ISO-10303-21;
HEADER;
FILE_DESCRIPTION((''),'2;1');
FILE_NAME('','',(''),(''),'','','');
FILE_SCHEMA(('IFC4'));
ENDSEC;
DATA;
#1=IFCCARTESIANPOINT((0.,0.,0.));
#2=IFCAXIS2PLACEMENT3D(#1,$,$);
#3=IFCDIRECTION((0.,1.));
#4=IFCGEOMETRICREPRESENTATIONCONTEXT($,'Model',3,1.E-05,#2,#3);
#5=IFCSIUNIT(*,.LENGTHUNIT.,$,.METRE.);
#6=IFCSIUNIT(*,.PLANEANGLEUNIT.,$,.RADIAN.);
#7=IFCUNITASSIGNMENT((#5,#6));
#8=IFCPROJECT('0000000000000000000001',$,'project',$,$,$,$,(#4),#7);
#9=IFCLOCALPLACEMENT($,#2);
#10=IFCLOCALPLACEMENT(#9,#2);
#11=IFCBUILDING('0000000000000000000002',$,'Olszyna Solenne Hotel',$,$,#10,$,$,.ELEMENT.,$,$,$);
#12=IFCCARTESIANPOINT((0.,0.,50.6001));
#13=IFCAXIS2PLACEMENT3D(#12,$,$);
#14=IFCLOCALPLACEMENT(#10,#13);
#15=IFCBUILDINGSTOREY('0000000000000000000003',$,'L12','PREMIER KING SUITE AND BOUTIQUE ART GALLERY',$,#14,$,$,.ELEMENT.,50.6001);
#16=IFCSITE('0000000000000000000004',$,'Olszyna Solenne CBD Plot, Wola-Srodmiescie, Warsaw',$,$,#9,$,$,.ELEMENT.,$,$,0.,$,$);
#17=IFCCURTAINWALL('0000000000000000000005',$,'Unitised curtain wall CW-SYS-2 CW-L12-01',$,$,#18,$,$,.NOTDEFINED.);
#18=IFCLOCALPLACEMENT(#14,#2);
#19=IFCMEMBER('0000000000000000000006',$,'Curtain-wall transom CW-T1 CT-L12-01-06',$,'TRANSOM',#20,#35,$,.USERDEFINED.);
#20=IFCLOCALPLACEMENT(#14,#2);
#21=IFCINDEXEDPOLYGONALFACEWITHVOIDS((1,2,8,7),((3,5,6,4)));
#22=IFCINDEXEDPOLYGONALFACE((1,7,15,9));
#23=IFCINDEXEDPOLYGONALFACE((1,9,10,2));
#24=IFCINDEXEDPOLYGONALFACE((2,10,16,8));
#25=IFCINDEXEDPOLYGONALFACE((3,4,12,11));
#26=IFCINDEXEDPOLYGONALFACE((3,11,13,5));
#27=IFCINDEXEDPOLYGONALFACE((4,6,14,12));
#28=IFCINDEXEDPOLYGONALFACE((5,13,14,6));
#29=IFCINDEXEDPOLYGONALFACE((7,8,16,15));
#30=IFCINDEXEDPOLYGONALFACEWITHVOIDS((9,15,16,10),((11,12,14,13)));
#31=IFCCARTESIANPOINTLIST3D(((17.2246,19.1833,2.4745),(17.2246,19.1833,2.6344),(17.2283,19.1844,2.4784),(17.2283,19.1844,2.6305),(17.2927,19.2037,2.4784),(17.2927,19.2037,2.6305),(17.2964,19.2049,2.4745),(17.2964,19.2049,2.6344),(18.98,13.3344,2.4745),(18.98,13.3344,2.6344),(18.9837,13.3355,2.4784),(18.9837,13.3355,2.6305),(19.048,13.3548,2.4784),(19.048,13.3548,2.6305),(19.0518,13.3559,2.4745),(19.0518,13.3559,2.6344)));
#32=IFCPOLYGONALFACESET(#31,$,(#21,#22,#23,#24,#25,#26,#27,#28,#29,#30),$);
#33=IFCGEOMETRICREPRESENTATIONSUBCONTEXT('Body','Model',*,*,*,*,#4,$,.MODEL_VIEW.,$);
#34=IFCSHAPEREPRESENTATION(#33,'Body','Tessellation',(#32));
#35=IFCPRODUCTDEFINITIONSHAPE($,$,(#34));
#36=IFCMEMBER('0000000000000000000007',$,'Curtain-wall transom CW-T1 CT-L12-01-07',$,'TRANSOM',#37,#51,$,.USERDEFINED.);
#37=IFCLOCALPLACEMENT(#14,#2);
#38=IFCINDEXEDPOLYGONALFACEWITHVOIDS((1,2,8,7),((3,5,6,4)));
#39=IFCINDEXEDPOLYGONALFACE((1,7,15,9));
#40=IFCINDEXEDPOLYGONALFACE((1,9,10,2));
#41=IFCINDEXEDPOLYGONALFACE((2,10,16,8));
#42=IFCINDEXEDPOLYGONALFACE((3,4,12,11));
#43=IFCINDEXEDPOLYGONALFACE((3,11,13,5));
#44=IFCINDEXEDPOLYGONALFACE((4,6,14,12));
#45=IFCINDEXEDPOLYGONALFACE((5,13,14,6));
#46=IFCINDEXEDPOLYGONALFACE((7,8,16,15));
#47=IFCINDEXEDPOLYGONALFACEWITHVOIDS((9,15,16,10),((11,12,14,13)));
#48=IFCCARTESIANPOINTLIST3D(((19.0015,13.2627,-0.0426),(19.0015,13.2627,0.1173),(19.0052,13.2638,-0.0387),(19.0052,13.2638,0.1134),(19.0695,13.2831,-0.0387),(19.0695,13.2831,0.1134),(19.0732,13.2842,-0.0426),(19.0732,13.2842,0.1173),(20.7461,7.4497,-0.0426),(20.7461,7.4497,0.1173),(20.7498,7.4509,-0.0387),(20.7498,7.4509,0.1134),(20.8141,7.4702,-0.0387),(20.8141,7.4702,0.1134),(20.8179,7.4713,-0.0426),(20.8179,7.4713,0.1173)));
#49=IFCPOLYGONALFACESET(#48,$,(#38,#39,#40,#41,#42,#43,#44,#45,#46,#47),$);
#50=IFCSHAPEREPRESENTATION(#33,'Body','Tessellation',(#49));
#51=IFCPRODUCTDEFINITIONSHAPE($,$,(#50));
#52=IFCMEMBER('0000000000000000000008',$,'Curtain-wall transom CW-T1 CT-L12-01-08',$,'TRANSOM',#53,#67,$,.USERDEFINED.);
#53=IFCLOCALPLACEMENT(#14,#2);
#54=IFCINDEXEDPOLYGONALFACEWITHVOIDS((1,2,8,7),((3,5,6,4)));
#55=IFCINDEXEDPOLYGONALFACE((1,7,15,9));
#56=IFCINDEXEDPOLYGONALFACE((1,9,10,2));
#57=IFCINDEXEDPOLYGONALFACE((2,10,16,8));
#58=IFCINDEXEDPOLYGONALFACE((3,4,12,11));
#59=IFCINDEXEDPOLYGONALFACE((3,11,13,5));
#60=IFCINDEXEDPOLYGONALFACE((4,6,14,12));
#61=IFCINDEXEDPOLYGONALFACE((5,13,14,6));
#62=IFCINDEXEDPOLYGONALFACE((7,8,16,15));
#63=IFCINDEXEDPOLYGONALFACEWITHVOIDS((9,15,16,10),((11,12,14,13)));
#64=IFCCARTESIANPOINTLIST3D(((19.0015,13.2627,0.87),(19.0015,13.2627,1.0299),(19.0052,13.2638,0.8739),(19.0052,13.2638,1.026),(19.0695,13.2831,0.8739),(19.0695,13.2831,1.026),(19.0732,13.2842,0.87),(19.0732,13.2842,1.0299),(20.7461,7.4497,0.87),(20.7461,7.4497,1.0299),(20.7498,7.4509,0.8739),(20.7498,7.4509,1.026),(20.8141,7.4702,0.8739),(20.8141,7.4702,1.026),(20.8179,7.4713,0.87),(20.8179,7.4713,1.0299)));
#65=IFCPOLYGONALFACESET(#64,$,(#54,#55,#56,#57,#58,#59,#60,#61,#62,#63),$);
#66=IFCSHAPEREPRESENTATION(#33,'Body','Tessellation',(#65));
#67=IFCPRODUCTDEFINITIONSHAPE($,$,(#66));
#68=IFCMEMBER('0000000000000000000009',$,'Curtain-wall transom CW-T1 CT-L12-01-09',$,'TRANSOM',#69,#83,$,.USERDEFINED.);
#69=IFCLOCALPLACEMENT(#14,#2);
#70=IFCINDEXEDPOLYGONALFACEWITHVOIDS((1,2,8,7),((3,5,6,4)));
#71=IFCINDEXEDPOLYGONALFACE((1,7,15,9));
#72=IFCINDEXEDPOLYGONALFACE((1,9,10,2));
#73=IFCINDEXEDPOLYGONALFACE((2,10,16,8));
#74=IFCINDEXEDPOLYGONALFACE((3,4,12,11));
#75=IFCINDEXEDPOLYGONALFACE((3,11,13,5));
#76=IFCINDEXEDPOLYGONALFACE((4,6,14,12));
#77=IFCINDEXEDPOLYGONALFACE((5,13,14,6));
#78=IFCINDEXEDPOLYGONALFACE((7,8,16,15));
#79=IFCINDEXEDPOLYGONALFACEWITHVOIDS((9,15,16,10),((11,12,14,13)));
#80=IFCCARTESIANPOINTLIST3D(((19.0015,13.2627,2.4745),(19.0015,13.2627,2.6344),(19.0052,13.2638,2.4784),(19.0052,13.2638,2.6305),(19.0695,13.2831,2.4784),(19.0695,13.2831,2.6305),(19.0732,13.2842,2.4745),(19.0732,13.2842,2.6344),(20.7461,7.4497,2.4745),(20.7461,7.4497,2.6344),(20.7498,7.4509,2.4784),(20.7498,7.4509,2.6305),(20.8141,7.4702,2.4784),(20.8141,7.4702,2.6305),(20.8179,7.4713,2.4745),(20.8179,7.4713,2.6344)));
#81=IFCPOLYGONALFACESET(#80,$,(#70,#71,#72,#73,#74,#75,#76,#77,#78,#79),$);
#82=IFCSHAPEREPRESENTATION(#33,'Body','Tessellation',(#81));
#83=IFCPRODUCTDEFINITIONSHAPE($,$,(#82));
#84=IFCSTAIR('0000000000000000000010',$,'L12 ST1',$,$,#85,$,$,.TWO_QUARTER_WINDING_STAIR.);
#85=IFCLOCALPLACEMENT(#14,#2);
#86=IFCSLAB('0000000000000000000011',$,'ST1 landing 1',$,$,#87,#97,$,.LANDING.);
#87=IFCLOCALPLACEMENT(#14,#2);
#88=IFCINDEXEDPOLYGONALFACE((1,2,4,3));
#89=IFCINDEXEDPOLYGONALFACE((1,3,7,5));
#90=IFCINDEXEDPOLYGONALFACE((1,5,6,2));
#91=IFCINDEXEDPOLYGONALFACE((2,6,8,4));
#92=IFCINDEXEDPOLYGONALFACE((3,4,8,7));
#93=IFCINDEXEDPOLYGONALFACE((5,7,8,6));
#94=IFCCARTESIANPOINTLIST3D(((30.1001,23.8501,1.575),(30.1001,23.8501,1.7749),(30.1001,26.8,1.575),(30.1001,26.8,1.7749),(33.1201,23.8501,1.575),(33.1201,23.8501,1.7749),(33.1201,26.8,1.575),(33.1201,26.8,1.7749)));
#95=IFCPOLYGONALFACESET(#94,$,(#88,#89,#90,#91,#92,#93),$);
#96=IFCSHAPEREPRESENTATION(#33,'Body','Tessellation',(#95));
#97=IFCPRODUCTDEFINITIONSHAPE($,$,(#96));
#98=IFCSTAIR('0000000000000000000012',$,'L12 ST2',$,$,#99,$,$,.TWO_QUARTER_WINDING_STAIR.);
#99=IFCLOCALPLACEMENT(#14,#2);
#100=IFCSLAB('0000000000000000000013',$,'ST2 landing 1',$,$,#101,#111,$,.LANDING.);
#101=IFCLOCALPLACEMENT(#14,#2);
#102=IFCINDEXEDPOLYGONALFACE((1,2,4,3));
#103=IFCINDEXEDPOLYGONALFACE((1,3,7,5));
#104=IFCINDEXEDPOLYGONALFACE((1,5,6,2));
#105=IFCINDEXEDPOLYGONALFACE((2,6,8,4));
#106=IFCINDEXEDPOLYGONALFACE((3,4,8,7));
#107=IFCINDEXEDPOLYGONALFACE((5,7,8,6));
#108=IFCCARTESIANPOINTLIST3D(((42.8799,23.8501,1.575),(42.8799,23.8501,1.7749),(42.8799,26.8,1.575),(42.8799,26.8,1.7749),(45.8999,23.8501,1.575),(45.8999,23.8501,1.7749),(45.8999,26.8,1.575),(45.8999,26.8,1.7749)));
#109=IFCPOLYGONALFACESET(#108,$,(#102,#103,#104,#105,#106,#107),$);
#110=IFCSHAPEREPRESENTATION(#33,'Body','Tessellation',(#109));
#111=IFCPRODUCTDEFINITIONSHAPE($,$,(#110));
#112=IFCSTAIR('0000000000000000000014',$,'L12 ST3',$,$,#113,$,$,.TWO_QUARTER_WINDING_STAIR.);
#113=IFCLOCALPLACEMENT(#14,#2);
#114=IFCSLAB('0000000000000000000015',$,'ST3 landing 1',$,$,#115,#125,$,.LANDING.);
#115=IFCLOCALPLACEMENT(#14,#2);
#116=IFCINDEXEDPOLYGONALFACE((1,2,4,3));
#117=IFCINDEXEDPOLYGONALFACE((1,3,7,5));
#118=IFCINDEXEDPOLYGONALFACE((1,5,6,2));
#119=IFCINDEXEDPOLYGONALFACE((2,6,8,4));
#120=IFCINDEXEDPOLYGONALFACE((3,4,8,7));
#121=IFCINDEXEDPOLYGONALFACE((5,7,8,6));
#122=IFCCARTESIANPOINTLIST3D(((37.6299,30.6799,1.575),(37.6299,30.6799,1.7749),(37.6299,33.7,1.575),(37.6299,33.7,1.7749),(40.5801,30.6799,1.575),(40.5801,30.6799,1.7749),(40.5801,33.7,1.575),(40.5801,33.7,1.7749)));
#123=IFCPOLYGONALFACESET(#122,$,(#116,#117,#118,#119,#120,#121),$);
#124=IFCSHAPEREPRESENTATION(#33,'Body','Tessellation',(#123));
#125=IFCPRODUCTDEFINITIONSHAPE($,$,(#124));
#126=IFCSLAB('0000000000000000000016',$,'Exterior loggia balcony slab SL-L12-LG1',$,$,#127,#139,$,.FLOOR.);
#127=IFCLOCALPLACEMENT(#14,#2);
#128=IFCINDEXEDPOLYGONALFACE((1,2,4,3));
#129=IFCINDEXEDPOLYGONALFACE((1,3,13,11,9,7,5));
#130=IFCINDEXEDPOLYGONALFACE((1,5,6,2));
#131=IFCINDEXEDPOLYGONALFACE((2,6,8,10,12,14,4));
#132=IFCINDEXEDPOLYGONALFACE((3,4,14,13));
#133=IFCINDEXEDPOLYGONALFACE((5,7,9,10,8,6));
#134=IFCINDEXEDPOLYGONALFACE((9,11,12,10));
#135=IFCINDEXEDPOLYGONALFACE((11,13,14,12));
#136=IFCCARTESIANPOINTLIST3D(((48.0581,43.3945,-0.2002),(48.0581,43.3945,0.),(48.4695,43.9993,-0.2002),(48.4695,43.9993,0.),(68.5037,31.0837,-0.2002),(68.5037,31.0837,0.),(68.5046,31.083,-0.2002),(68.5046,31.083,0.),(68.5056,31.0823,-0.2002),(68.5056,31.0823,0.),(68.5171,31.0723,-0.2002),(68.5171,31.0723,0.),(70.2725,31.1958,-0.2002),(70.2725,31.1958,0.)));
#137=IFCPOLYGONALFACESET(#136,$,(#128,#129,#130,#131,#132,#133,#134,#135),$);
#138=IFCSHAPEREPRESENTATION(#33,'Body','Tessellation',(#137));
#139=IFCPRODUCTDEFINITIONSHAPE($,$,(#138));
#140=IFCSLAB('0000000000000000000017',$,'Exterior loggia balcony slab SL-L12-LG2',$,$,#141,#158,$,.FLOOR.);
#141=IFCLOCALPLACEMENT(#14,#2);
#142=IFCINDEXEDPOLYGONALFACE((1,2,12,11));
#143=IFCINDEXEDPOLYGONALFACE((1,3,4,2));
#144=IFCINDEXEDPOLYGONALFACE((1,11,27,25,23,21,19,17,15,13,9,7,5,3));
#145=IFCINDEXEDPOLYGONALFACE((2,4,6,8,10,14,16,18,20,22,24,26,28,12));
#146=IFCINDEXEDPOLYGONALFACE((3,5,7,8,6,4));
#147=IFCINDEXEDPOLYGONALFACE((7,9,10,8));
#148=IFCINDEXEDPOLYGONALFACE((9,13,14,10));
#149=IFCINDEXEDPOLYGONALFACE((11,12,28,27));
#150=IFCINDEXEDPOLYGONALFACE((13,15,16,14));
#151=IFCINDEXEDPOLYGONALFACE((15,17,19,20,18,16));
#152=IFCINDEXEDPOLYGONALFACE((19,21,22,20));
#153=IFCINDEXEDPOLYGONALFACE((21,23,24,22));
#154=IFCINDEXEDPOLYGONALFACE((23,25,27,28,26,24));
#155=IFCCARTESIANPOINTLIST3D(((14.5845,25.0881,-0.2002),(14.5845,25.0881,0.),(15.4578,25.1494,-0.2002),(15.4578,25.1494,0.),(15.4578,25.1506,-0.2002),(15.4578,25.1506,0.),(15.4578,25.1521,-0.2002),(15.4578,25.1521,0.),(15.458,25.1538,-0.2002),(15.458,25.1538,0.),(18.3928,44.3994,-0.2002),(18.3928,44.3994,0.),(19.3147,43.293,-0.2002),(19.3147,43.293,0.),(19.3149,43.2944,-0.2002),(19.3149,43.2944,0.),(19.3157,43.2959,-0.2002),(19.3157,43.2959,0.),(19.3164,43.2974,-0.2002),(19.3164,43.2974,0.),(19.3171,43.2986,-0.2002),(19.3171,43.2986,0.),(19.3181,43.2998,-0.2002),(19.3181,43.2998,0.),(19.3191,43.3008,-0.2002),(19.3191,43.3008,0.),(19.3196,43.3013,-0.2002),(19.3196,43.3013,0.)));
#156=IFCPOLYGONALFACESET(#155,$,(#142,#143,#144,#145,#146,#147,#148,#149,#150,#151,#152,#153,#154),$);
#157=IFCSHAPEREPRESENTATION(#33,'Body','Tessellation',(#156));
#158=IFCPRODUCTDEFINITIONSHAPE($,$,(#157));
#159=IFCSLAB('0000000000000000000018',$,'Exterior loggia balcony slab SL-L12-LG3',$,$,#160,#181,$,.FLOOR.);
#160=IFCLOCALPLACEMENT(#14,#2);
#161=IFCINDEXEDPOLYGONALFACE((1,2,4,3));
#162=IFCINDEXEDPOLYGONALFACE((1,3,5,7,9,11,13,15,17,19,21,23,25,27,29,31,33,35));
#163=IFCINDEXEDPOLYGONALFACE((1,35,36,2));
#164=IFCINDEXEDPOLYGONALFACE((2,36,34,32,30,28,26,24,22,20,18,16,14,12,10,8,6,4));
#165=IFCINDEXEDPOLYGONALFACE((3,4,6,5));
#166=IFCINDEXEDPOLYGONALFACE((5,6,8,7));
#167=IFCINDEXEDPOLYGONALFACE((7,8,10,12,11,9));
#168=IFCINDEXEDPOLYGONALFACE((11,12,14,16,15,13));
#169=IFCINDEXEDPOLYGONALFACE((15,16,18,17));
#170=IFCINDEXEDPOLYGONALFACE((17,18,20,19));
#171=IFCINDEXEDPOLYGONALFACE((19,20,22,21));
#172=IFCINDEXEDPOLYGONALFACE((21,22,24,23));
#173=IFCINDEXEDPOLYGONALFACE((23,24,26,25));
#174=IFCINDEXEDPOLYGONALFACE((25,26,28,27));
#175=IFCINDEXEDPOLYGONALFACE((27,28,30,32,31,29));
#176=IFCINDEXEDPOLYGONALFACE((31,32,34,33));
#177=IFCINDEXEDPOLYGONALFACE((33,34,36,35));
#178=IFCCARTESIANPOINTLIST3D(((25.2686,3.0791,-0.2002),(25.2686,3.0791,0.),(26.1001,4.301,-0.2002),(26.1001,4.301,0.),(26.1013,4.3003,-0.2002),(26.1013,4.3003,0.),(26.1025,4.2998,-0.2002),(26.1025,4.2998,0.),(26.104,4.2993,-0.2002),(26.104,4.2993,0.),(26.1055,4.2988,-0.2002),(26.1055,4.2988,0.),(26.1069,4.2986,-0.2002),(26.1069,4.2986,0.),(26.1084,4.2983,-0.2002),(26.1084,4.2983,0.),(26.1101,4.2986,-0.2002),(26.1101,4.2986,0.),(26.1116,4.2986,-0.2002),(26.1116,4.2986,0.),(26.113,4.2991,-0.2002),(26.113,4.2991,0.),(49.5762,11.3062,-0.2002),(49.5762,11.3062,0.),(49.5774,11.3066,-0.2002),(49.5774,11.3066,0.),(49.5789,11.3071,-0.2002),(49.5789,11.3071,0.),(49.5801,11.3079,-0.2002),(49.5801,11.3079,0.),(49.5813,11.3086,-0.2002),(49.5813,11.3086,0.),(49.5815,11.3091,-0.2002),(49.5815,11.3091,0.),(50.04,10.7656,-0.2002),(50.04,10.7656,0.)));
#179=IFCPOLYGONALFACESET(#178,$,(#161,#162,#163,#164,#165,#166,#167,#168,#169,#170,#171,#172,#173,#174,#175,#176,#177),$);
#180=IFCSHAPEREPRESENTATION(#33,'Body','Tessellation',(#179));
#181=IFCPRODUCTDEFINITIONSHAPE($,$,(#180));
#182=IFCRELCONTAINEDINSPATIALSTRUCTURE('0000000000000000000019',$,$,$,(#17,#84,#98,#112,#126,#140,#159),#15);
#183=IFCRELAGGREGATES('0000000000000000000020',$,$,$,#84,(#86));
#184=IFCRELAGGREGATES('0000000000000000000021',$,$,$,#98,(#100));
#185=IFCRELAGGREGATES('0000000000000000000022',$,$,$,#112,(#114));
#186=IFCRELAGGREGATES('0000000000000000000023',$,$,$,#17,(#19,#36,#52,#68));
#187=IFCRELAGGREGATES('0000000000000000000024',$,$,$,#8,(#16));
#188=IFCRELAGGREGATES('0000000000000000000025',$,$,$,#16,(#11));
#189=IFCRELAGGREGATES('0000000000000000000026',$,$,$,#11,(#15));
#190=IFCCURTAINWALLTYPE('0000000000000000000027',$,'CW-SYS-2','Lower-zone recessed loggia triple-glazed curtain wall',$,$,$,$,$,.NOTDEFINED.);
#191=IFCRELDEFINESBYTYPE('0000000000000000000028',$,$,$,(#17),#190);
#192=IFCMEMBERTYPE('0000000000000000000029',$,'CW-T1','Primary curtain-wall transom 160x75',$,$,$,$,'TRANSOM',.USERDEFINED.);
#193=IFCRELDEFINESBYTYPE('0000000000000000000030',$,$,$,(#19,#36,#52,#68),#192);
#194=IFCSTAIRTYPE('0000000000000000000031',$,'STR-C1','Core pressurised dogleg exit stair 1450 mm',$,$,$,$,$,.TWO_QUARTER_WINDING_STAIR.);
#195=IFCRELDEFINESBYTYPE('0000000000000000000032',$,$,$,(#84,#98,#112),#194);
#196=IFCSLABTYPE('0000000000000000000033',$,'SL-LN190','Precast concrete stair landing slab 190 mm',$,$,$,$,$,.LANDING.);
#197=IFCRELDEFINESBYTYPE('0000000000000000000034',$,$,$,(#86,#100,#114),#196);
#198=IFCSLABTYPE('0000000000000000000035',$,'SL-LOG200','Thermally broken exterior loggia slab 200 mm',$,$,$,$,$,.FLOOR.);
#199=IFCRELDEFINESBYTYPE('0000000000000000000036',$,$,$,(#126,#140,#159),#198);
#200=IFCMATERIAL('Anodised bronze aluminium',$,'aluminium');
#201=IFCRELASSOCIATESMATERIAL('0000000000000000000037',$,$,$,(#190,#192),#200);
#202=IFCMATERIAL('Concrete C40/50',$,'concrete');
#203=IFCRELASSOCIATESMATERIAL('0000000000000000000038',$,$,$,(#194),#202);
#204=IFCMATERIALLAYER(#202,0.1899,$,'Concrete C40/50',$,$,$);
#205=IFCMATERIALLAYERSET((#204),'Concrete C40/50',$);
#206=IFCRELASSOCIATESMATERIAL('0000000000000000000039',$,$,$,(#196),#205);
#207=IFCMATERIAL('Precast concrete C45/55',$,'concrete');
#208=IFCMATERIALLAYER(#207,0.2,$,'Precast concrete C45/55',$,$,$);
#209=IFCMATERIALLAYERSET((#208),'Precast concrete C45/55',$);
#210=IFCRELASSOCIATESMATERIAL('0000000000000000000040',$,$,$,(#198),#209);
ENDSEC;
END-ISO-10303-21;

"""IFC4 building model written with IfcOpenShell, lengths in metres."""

from ifc_helpers import new_model, si_unit, direction, frame, origin, origin_2d, place, context, subcontext, project, spatial, polyline, hollow_rectangle, outline, extrude, source, transform, mapped, material, layer, layer_set, material_profile, profile_set, type_object, element, aggregate, save


model = new_model("IFC4")

# Units and contexts
model_context = context("Model", 3, precision=1e-05, world=origin(), true_north=direction((0.0, 1.0)))
body_context = subcontext(model_context, "Body", "Model", "MODEL_VIEW")
ifc_project = project(units=[si_unit("LENGTHUNIT", "METRE"), si_unit("PLANEANGLEUNIT", "RADIAN")], contexts=[model_context])

# Site, building, storey
site_placement = place(None, origin())
site = spatial("IfcSite", under=ifc_project, at=site_placement, Name="Olszyna Solenne CBD Plot, Wola-Srodmiescie, Warsaw", CompositionType="ELEMENT", RefElevation=0.0)
building_placement = place(site_placement, origin())
building = spatial("IfcBuilding", under=site, at=building_placement, Name="Olszyna Solenne Hotel", CompositionType="ELEMENT")
storey_placement = place(building_placement, frame((0.0, 0.0, 50.6001)))
storey = spatial("IfcBuildingStorey", under=building, at=storey_placement, Name="L12", Description="PREMIER KING SUITE AND BOUTIQUE ART GALLERY", CompositionType="ELEMENT", Elevation=50.6001)

# Curtain wall, members
ifc_material_1 = material(Name="Anodised bronze aluminium", Category="aluminium")
curtain_wall_type = type_object("IfcCurtainWallType", Name="CW-SYS-2", Description="Lower-zone recessed loggia triple-glazed curtain wall", PredefinedType="NOTDEFINED", material=ifc_material_1)
curtain_wall_placement = place(storey_placement, origin())
curtain_wall = element("IfcCurtainWall", 1, at=curtain_wall_placement, inside=storey, type_object=curtain_wall_type, Name="Unitised curtain wall CW-SYS-2 CW-L12-01", PredefinedType="NOTDEFINED")
ifc_material_profile_1 = material_profile(ifc_material_1, hollow_rectangle(XDim=0.075, YDim=0.1599, WallThickness=0.0039, at=origin_2d()), Name="TRAN 160x75x4", Category="load-bearing")
ifc_profile_set_1 = profile_set([ifc_material_profile_1], Name="Anodised bronze aluminium")
member_type_1 = type_object("IfcMemberType", Name="CW-T1", Description="Primary curtain-wall transom 160x75", ElementType="TRANSOM", PredefinedType="USERDEFINED", material=ifc_profile_set_1)
shared_shape_1 = source(origin(), body_context, "Body", "SweptSolid", [
    extrude(hollow_rectangle(XDim=0.075, YDim=0.1599, WallThickness=0.0039, at=origin_2d()), origin(), (0.0, 0.0, 1.0), 6.1067),
])
member_1_placement = place(storey_placement, frame((17.2605, 19.1941, 2.5544), z_axis=(0.287454, -0.957794, 0.0), x_axis=(0.957794, 0.287454, 0.0)))
member_1 = element("IfcMember", 2, at=member_1_placement, type_object=member_type_1, Name="Curtain-wall transom CW-T1 CT-L12-01-06", ObjectType="TRANSOM", PredefinedType="USERDEFINED", context=body_context, shape_type="MappedRepresentation", body=[
    mapped(shared_shape_1, transform((0.0, 0.0, 0.0), x_axis=(1.0, 0.0, 0.0), y_axis=(0.0, 1.0, 0.0), z_axis=(0.0, 0.0, 1.0), scale=1.0)),
])
shared_shape_2 = source(origin(), body_context, "Body", "SweptSolid", [
    extrude(hollow_rectangle(XDim=0.075, YDim=0.1599, WallThickness=0.0039, at=origin_2d()), origin(), (0.0, 0.0, 1.0), 6.0691),
])
member_2_placement = place(storey_placement, frame((19.0374, 13.2734, 0.0374), z_axis=(0.287459, -0.957793, 0.0), x_axis=(0.957793, 0.287459, 0.0)))
member_2 = element("IfcMember", 3, at=member_2_placement, type_object=member_type_1, Name="Curtain-wall transom CW-T1 CT-L12-01-07", ObjectType="TRANSOM", PredefinedType="USERDEFINED", context=body_context, shape_type="MappedRepresentation", body=[
    mapped(shared_shape_2, transform((0.0, 0.0, 0.0), x_axis=(1.0, 0.0, 0.0), y_axis=(0.0, 1.0, 0.0), z_axis=(0.0, 0.0, 1.0), scale=1.0)),
])
member_3_placement = place(storey_placement, frame((19.0374, 13.2734, 0.95), z_axis=(0.287459, -0.957793, 0.0), x_axis=(0.957793, 0.287459, 0.0)))
member_3 = element("IfcMember", 4, at=member_3_placement, type_object=member_type_1, Name="Curtain-wall transom CW-T1 CT-L12-01-08", ObjectType="TRANSOM", PredefinedType="USERDEFINED", context=body_context, shape_type="MappedRepresentation", body=[
    mapped(shared_shape_2, transform((0.0, 0.0, 0.0), x_axis=(1.0, 0.0, 0.0), y_axis=(0.0, 1.0, 0.0), z_axis=(0.0, 0.0, 1.0), scale=1.0)),
])
member_4_placement = place(storey_placement, frame((19.0374, 13.2734, 2.5544), z_axis=(0.287459, -0.957793, 0.0), x_axis=(0.957793, 0.287459, 0.0)))
member_4 = element("IfcMember", 5, at=member_4_placement, type_object=member_type_1, Name="Curtain-wall transom CW-T1 CT-L12-01-09", ObjectType="TRANSOM", PredefinedType="USERDEFINED", context=body_context, shape_type="MappedRepresentation", body=[
    mapped(shared_shape_2, transform((0.0, 0.0, 0.0), x_axis=(1.0, 0.0, 0.0), y_axis=(0.0, 1.0, 0.0), z_axis=(0.0, 0.0, 1.0), scale=1.0)),
])

# Stairs, slabs
ifc_material_2 = material(Name="Concrete C40/50", Category="concrete")
stair_type = type_object("IfcStairType", Name="STR-C1", Description="Core pressurised dogleg exit stair 1450 mm", PredefinedType="TWO_QUARTER_WINDING_STAIR", material=ifc_material_2)
stair_1_placement = place(storey_placement, origin())
stair_1 = element("IfcStair", 6, at=stair_1_placement, inside=storey, type_object=stair_type, Name="L12 ST1", PredefinedType="TWO_QUARTER_WINDING_STAIR")
ifc_layer_1 = layer(ifc_material_2, 0.1899, Name="Concrete C40/50")
ifc_layer_set_1 = layer_set([ifc_layer_1], Name="Concrete C40/50")
slab_type_1 = type_object("IfcSlabType", Name="SL-LN190", Description="Precast concrete stair landing slab 190 mm", PredefinedType="LANDING", material=ifc_layer_set_1)
slab_1_placement = place(storey_placement, frame((0.0, 0.0, 1.575)))
slab_1 = element("IfcSlab", 7, at=slab_1_placement, type_object=slab_type_1, Name="ST1 landing 1", PredefinedType="LANDING", context=body_context, shape_type="SweptSolid", body=[
    extrude(outline(polyline([(33.1201, 23.8501), (33.1201, 26.8), (30.1001, 26.8), (30.1001, 23.8501), (33.1201, 23.8501)])), origin(), (0.0, 0.0, 1.0), 0.2),
])
aggregate(stair_1, [slab_1])
stair_2_placement = place(storey_placement, origin())
stair_2 = element("IfcStair", 8, at=stair_2_placement, inside=storey, type_object=stair_type, Name="L12 ST2", PredefinedType="TWO_QUARTER_WINDING_STAIR")
slab_2_placement = place(storey_placement, frame((0.0, 0.0, 1.575)))
slab_2 = element("IfcSlab", 9, at=slab_2_placement, type_object=slab_type_1, Name="ST2 landing 1", PredefinedType="LANDING", context=body_context, shape_type="SweptSolid", body=[
    extrude(outline(polyline([(45.8999, 23.8501), (45.8999, 26.8), (42.8799, 26.8), (42.8799, 23.8501), (45.8999, 23.8501)])), origin(), (0.0, 0.0, 1.0), 0.2),
])
aggregate(stair_2, [slab_2])
stair_3_placement = place(storey_placement, origin())
stair_3 = element("IfcStair", 10, at=stair_3_placement, inside=storey, type_object=stair_type, Name="L12 ST3", PredefinedType="TWO_QUARTER_WINDING_STAIR")
slab_3_placement = place(storey_placement, frame((0.0, 0.0, 1.575)))
slab_3 = element("IfcSlab", 11, at=slab_3_placement, type_object=slab_type_1, Name="ST3 landing 1", PredefinedType="LANDING", context=body_context, shape_type="SweptSolid", body=[
    extrude(outline(polyline([(37.6299, 30.6799), (40.5801, 30.6799), (40.5801, 33.7), (37.6299, 33.7), (37.6299, 30.6799)])), origin(), (0.0, 0.0, 1.0), 0.2),
])
aggregate(stair_3, [slab_3])

# Slabs
ifc_material_3 = material(Name="Precast concrete C45/55", Category="concrete")
ifc_layer_2 = layer(ifc_material_3, 0.2, Name="Precast concrete C45/55")
ifc_layer_set_2 = layer_set([ifc_layer_2], Name="Precast concrete C45/55")
slab_type_2 = type_object("IfcSlabType", Name="SL-LOG200", Description="Thermally broken exterior loggia slab 200 mm", PredefinedType="FLOOR", material=ifc_layer_set_2)
slab_4_placement = place(storey_placement, frame((0.0, 0.0, -0.2002)))
element("IfcSlab", 12, at=slab_4_placement, inside=storey, type_object=slab_type_2, Name="Exterior loggia balcony slab SL-L12-LG1", PredefinedType="FLOOR", context=body_context, shape_type="SweptSolid", body=[
    extrude(outline(polyline([(48.0581, 43.3945), (68.5037, 31.0837), (68.5046, 31.083), (68.5056, 31.0823), (68.5171, 31.0723), (70.2725, 31.1958), (48.4695, 43.9993), (48.0581, 43.3945)])), origin(), (0.0, 0.0, 1.0), 0.2002),
])
slab_5_placement = place(storey_placement, frame((0.0, 0.0, -0.2002)))
element("IfcSlab", 13, at=slab_5_placement, inside=storey, type_object=slab_type_2, Name="Exterior loggia balcony slab SL-L12-LG2", PredefinedType="FLOOR", context=body_context, shape_type="SweptSolid", body=[
    extrude(outline(polyline([(15.4578, 25.1494), (15.4578, 25.1506), (15.4578, 25.1521), (15.458, 25.1538), (19.3147, 43.293), (19.3149, 43.2944), (19.3157, 43.2959), (19.3164, 43.2974), (19.3171, 43.2986), (19.3181, 43.2998), (19.3191, 43.3008), (19.3196, 43.3013), (18.3928, 44.3994), (14.5845, 25.0881), (15.4578, 25.1494)])), origin(), (0.0, 0.0, 1.0), 0.2002),
])
slab_6_placement = place(storey_placement, frame((0.0, 0.0, -0.2002)))
element("IfcSlab", 14, at=slab_6_placement, inside=storey, type_object=slab_type_2, Name="Exterior loggia balcony slab SL-L12-LG3", PredefinedType="FLOOR", context=body_context, shape_type="SweptSolid", body=[
    extrude(outline(polyline([(49.5815, 11.3091), (49.5813, 11.3086), (49.5801, 11.3079), (49.5789, 11.3071), (49.5774, 11.3066), (49.5762, 11.3062), (26.113, 4.2991), (26.1116, 4.2986), (26.1101, 4.2986), (26.1084, 4.2983), (26.1069, 4.2986), (26.1055, 4.2988), (26.104, 4.2993), (26.1025, 4.2998), (26.1013, 4.3003), (26.1001, 4.301), (25.2686, 3.0791), (50.04, 10.7656), (49.5815, 11.3091)])), origin(), (0.0, 0.0, 1.0), 0.2002),
])

aggregate(curtain_wall, [member_1, member_2, member_3, member_4])

save(model, "model.ifc")
